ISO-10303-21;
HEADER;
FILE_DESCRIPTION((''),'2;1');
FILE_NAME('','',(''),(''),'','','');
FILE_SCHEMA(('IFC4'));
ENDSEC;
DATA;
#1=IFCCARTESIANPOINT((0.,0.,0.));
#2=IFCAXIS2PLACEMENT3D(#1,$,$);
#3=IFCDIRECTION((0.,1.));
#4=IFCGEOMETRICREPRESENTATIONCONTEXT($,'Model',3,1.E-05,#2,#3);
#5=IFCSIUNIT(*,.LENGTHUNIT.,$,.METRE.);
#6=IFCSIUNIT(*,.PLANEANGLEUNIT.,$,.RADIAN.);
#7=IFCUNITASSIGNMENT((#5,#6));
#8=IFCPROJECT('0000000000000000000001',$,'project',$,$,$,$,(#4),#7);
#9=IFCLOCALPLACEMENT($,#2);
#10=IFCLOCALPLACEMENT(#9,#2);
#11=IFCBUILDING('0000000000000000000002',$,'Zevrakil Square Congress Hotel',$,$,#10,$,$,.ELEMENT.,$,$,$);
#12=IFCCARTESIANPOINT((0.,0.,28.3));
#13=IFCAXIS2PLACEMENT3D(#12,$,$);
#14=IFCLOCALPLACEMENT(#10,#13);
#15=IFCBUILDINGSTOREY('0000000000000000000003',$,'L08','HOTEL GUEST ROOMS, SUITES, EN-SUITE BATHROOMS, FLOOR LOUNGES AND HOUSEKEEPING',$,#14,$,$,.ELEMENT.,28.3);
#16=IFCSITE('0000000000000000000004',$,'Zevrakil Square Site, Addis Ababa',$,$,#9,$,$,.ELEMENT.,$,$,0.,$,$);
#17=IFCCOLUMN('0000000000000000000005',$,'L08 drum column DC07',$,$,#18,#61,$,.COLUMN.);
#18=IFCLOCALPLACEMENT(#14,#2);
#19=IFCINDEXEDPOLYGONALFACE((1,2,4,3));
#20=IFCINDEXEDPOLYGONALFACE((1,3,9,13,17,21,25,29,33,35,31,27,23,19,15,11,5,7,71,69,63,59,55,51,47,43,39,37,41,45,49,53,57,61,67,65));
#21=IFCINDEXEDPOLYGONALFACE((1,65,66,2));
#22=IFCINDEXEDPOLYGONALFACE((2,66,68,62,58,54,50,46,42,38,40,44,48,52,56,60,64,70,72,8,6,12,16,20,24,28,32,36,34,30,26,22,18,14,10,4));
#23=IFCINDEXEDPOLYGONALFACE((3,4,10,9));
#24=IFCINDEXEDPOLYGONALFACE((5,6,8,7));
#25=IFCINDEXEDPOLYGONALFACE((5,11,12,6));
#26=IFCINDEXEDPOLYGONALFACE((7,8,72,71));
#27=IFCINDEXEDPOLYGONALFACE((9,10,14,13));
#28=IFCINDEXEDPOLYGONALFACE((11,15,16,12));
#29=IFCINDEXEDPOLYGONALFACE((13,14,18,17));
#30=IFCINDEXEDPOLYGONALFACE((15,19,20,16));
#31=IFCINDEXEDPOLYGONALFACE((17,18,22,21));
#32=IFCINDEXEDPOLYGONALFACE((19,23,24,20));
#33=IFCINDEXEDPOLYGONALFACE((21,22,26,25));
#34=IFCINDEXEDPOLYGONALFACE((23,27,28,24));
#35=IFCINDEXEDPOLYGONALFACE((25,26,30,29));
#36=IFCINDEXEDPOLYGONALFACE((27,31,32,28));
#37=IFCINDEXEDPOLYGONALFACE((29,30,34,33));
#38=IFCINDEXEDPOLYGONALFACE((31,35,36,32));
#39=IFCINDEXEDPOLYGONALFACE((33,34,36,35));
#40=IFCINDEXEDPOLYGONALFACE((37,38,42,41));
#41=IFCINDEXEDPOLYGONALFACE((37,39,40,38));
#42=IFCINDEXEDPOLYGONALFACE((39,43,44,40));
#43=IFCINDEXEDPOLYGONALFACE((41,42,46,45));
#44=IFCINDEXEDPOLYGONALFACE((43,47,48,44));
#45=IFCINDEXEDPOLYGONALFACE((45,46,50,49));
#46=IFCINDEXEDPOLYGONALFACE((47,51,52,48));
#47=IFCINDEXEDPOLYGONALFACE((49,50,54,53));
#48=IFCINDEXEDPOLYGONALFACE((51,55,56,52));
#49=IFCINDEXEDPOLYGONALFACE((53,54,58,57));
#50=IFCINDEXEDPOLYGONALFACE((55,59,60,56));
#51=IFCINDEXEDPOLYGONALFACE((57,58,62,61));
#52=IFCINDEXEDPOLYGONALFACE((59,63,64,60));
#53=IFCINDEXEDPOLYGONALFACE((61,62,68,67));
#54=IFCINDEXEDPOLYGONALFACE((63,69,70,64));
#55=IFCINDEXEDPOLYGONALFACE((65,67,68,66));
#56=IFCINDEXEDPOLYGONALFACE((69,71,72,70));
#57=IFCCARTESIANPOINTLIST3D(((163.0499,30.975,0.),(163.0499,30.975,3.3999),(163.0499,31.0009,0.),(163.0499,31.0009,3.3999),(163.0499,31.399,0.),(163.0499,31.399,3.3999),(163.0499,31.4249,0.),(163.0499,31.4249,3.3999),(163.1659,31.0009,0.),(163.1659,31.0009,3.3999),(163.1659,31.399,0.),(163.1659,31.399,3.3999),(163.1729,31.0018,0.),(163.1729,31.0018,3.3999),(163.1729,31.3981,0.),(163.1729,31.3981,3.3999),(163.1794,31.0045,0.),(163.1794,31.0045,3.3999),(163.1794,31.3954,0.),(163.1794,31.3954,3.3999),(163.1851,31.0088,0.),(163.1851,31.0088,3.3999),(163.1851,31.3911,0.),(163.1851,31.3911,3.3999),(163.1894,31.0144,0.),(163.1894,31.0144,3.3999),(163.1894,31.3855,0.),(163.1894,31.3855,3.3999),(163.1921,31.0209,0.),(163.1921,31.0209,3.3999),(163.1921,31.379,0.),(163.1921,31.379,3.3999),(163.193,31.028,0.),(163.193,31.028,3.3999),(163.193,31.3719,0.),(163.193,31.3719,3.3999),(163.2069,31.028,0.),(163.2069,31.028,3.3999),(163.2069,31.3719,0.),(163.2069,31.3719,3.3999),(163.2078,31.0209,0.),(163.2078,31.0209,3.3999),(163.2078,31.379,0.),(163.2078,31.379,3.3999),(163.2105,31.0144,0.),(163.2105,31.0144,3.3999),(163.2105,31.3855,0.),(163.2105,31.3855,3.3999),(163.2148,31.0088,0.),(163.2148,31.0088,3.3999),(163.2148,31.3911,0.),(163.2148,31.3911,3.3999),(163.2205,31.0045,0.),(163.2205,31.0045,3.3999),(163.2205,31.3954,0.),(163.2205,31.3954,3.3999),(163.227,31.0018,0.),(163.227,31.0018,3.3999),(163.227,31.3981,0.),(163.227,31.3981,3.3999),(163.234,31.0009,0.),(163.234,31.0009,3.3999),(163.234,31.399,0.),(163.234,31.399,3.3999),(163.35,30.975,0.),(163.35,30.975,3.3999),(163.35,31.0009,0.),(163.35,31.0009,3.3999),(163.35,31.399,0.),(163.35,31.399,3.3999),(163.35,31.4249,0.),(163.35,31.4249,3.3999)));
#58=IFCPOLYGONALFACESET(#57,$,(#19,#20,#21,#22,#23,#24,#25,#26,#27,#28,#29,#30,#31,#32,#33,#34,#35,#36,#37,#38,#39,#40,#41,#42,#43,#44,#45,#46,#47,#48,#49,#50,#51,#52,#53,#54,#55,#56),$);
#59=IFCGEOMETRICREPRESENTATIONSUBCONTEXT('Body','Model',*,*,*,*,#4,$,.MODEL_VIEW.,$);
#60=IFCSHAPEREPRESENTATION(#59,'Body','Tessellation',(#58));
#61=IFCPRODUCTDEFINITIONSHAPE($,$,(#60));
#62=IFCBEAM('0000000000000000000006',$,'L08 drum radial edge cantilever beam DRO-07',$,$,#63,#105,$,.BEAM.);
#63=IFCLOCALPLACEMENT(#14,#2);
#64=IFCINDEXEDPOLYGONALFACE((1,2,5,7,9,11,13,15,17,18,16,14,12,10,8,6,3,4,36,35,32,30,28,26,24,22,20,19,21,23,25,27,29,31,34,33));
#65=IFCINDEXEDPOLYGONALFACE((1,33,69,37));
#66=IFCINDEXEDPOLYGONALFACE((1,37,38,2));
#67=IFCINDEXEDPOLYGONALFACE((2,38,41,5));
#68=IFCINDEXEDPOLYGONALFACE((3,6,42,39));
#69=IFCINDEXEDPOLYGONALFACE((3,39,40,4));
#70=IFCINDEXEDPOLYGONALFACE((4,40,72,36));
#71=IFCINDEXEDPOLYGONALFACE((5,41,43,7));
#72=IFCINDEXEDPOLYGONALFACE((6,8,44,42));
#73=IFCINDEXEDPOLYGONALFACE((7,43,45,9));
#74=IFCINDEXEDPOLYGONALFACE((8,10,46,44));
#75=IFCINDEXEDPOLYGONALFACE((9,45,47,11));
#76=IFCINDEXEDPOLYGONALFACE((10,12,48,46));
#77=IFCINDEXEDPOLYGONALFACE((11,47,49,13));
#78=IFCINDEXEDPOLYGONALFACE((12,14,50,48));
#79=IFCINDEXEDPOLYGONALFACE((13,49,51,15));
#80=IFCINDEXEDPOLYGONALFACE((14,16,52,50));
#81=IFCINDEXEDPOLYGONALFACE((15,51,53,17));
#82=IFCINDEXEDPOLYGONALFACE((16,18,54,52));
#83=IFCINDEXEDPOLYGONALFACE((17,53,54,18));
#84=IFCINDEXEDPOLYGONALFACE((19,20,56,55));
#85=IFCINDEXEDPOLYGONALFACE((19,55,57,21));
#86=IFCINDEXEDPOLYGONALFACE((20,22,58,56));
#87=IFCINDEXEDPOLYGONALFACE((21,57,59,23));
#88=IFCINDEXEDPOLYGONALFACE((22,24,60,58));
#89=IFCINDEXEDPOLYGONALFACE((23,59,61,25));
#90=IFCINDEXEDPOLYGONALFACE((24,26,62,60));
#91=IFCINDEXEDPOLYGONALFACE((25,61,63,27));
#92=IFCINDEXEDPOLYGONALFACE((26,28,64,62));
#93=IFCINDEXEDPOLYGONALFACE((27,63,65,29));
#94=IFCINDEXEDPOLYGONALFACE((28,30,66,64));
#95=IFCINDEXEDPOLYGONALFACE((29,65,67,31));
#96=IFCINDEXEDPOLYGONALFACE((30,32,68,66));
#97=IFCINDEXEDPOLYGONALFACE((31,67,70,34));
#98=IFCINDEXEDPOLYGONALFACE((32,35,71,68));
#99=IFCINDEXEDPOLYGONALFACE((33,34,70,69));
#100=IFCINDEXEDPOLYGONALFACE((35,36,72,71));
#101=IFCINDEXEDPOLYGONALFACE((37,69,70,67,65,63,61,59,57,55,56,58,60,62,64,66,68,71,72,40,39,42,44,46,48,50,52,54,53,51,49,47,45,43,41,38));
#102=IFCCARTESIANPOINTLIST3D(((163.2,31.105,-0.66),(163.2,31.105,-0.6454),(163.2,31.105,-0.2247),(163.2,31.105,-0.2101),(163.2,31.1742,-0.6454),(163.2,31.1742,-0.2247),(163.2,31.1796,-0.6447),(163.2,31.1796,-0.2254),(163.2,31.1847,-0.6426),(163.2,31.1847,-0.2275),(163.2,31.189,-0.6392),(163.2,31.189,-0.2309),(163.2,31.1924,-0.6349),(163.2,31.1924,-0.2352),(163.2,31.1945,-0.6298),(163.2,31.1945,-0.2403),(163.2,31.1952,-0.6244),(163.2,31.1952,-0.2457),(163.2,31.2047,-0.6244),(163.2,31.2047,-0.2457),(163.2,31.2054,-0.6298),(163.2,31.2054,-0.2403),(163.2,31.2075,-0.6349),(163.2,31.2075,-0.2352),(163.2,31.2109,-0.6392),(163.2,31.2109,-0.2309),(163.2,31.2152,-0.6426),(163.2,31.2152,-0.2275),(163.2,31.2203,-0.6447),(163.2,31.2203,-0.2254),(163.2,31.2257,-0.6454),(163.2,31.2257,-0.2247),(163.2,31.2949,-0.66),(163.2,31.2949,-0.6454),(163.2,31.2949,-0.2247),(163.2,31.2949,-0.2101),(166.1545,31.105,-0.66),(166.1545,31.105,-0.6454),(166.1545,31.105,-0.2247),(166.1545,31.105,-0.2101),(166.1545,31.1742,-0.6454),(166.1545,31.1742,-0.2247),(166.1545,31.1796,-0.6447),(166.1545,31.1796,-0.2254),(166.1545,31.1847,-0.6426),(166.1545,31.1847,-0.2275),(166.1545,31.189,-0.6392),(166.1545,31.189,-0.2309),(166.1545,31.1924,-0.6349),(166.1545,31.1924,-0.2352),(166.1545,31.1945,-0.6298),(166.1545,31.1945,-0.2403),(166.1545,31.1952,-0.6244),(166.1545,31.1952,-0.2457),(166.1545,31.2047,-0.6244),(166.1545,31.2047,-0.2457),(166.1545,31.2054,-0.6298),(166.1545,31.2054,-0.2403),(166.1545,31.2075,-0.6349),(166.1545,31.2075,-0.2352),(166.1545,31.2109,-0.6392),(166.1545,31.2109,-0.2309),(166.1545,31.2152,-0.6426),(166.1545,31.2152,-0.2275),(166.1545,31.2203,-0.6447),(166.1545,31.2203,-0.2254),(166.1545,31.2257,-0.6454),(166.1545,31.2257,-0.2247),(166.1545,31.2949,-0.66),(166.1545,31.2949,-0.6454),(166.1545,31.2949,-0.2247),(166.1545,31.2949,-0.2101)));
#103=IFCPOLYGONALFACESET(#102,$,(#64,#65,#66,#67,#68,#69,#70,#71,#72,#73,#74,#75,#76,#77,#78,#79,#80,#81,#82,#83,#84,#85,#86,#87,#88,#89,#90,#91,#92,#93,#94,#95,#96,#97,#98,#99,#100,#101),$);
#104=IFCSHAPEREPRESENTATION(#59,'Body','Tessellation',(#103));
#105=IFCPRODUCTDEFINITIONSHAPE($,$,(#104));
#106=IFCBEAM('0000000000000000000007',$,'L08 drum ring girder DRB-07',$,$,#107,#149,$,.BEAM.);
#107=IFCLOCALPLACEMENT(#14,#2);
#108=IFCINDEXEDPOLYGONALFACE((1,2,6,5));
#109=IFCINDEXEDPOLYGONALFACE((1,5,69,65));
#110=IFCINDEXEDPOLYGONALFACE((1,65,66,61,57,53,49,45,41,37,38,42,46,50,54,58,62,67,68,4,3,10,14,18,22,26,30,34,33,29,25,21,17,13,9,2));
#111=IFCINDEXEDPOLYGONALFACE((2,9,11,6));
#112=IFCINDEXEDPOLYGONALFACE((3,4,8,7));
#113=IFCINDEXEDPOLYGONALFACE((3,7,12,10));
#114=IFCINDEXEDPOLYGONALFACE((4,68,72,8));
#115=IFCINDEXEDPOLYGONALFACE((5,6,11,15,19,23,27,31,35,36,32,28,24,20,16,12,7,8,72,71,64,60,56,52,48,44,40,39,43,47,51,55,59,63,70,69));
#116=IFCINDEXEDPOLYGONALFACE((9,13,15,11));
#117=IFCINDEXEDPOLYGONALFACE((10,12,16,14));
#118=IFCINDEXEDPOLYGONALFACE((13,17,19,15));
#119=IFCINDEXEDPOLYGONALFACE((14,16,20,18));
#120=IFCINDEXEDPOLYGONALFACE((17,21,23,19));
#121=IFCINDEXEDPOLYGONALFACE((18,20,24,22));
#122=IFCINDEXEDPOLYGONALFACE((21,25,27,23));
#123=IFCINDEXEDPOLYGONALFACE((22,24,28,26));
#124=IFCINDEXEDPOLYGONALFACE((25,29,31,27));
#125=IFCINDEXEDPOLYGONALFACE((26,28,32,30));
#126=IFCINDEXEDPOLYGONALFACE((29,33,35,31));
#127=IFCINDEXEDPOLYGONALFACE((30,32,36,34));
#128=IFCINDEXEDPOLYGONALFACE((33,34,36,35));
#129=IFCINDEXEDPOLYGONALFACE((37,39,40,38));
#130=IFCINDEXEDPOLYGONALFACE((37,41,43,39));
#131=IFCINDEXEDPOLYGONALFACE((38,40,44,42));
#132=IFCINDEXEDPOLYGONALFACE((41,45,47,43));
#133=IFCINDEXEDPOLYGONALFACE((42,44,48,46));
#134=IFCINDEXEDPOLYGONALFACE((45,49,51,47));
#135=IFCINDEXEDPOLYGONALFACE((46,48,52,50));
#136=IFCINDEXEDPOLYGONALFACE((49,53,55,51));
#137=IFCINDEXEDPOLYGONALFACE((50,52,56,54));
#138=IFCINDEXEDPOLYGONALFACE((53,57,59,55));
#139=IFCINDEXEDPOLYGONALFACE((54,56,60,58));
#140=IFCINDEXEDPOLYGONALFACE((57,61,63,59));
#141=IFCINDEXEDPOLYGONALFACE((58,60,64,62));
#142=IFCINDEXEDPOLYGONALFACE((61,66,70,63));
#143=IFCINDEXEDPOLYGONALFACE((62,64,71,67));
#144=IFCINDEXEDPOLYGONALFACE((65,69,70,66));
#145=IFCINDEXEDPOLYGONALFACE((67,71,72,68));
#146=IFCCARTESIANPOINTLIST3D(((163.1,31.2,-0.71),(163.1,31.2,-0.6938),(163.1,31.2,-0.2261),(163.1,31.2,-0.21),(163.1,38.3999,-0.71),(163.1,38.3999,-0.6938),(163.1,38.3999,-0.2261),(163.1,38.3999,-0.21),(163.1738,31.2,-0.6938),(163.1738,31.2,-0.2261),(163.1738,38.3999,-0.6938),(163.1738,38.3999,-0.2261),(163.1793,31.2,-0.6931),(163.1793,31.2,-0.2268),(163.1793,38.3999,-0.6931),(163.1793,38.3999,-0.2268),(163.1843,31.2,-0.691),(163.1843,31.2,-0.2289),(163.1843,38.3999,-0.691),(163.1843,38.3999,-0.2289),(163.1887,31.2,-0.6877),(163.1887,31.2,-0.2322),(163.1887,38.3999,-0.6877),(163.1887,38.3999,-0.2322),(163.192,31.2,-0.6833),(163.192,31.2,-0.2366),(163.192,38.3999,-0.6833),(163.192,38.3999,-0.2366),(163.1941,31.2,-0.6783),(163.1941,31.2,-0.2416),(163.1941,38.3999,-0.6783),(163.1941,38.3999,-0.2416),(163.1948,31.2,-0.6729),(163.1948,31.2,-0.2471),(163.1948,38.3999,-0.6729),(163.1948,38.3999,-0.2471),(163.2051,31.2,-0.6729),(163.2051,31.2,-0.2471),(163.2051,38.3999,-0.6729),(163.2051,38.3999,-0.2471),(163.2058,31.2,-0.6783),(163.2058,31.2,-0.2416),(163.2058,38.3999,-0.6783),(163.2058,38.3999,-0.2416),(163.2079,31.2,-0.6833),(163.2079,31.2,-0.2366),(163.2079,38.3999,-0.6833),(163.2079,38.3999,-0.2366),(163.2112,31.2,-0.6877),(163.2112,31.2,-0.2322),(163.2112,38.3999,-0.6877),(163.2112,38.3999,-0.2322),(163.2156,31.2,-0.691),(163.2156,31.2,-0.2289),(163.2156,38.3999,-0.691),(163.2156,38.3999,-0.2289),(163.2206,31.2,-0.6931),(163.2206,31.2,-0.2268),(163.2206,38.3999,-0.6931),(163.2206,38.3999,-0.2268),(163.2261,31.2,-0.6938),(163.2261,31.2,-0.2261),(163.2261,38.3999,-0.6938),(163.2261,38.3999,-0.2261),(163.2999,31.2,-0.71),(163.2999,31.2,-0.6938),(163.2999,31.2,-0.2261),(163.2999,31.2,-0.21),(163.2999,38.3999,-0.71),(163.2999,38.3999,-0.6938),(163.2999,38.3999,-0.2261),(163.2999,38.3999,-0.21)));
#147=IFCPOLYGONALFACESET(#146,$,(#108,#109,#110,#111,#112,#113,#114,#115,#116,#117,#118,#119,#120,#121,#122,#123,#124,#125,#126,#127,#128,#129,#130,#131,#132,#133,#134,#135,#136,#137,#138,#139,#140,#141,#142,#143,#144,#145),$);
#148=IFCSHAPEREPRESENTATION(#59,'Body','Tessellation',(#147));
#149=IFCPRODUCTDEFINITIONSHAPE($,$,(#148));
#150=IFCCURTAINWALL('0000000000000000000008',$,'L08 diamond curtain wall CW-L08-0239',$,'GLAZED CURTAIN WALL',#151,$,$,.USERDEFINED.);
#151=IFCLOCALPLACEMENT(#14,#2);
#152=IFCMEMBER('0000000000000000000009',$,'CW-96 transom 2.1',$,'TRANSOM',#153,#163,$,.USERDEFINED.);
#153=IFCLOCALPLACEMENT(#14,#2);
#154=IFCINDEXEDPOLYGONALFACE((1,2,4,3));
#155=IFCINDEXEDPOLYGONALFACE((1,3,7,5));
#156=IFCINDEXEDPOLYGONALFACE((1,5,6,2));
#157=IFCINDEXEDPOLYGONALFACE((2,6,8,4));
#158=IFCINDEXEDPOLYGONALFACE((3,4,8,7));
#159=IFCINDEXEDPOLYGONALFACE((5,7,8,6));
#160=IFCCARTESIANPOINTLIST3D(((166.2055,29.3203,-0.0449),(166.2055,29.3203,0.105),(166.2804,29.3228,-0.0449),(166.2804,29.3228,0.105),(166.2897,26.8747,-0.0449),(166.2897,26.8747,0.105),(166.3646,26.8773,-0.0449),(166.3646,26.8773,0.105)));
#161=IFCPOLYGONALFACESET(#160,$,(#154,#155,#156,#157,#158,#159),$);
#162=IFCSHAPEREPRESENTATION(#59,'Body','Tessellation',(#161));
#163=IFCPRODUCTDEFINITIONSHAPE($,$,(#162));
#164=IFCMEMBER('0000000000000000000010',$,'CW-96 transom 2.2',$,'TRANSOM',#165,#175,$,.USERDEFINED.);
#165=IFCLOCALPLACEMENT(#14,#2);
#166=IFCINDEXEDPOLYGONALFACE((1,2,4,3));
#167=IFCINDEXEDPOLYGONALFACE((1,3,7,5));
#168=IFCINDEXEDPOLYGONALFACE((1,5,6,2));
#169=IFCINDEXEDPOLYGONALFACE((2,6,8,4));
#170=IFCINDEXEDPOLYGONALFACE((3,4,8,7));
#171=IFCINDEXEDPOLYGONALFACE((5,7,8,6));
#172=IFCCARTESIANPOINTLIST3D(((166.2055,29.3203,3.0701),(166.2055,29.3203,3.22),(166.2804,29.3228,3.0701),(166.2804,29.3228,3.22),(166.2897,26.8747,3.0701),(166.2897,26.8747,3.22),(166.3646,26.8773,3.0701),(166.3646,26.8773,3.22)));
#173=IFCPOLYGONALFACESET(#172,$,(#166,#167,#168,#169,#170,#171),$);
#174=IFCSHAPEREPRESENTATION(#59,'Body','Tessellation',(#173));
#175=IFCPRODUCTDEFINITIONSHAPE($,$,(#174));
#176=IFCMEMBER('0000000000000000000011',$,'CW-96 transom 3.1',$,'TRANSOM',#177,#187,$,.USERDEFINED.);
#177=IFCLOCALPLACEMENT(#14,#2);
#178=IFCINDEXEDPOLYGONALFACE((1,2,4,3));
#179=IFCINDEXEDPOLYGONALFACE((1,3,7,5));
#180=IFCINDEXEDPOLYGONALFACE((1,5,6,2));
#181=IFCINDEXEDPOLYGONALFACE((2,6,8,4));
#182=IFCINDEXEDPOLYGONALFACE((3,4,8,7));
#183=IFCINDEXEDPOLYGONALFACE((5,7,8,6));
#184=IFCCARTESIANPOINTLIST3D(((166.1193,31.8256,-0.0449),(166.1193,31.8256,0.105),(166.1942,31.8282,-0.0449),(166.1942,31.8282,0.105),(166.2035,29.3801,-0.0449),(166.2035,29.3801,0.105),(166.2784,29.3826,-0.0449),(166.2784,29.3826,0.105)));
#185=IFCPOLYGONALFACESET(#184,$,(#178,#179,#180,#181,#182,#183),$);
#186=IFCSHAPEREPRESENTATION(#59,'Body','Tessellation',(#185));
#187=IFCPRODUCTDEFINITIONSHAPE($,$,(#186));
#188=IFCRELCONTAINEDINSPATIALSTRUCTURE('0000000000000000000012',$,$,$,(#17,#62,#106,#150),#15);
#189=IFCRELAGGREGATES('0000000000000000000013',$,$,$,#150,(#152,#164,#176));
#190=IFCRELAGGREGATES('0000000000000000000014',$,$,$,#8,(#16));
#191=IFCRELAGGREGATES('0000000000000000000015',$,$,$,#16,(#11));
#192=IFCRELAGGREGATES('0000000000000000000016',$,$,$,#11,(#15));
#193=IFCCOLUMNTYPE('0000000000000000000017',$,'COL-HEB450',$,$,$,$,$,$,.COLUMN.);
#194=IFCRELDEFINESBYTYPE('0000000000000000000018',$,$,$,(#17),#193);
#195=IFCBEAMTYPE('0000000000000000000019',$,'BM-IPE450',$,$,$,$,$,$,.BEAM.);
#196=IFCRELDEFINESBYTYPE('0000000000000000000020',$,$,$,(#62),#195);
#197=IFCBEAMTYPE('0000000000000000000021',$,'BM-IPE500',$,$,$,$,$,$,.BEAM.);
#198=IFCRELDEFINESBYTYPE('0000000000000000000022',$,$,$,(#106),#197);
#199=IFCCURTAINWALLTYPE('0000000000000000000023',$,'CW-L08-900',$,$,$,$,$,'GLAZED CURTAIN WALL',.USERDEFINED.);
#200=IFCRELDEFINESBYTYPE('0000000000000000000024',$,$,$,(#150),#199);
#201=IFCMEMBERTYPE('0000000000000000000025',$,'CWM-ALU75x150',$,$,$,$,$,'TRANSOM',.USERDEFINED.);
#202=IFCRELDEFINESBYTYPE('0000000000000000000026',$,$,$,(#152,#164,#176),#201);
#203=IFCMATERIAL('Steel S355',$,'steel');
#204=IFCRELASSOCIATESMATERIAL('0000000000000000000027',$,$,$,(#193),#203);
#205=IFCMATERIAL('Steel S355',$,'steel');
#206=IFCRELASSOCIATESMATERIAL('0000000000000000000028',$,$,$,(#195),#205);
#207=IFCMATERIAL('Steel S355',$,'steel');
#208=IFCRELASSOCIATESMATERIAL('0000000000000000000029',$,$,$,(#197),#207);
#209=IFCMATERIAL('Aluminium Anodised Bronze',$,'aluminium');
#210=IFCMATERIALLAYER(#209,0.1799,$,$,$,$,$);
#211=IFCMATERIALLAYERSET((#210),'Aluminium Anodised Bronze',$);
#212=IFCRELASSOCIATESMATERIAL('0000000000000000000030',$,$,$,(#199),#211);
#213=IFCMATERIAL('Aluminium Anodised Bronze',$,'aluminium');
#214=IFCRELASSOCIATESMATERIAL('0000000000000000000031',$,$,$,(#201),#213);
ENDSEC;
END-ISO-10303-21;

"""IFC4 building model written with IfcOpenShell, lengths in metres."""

from ifc_helpers import new_model, si_unit, direction, frame, origin, origin_2d, place, context, subcontext, project, spatial, rectangle, i_section, extrude, material, layer, layer_set, material_profile, profile_set, type_object, element, aggregate, save


model = new_model("IFC4")

# Units and contexts
model_context = context("Model", 3, precision=1e-05, world=origin(), true_north=direction((0.0, 1.0)))
body_context = subcontext(model_context, "Body", "Model", "MODEL_VIEW")
ifc_project = project(units=[si_unit("LENGTHUNIT", "METRE"), si_unit("PLANEANGLEUNIT", "RADIAN")], contexts=[model_context])

# Site, building, storey
site_placement = place(None, origin())
site = spatial("IfcSite", under=ifc_project, at=site_placement, Name="Zevrakil Square Site, Addis Ababa", CompositionType="ELEMENT", RefElevation=0.0)
building_placement = place(site_placement, origin())
building = spatial("IfcBuilding", under=site, at=building_placement, Name="Zevrakil Square Congress Hotel", CompositionType="ELEMENT")
storey_placement = place(building_placement, frame((0.0, 0.0, 28.3)))
storey = spatial("IfcBuildingStorey", under=building, at=storey_placement, Name="L08", Description="HOTEL GUEST ROOMS, SUITES, EN-SUITE BATHROOMS, FLOOR LOUNGES AND HOUSEKEEPING", CompositionType="ELEMENT", Elevation=28.3)

# Column
ifc_material_1 = material(Name="Steel S355", Category="steel")
ifc_material_profile_1 = material_profile(ifc_material_1, i_section(OverallWidth=0.3, OverallDepth=0.45, WebThickness=0.0139, FlangeThickness=0.0259, FilletRadius=0.0271, at=origin_2d()), Name="HEB 450")
ifc_profile_set_1 = profile_set([ifc_material_profile_1], Name="Steel S355")
column_type = type_object("IfcColumnType", Name="COL-HEB450", PredefinedType="COLUMN", material=ifc_profile_set_1)
column_placement = place(storey_placement, frame((163.2, 31.2, 0.0), z_axis=(0.0, 0.0, 1.0), x_axis=(1.0, 0.0, 0.0)))
element("IfcColumn", 1, at=column_placement, inside=storey, type_object=column_type, Name="L08 drum column DC07", PredefinedType="COLUMN", context=body_context, shape_type="SweptSolid", body=[
    extrude(i_section(OverallWidth=0.3, OverallDepth=0.45, WebThickness=0.0139, FlangeThickness=0.0259, FilletRadius=0.0271, at=origin_2d()), origin(), (0.0, 0.0, 1.0), 3.3999),
])

# Beams
ifc_material_2 = material(Name="Steel S355", Category="steel")
ifc_material_profile_2 = material_profile(ifc_material_2, i_section(OverallWidth=0.1899, OverallDepth=0.45, WebThickness=0.0095, FlangeThickness=0.0146, FilletRadius=0.021, at=origin_2d()), Name="IPE 450")
ifc_profile_set_2 = profile_set([ifc_material_profile_2], Name="Steel S355")
beam_type_1 = type_object("IfcBeamType", Name="BM-IPE450", PredefinedType="BEAM", material=ifc_profile_set_2)
beam_1_placement = place(storey_placement, frame((163.2, 31.2, -0.4351), z_axis=(1.0, 0.0, 0.0), x_axis=(0.0, 1.0, 0.0)))
element("IfcBeam", 2, at=beam_1_placement, inside=storey, type_object=beam_type_1, Name="L08 drum radial edge cantilever beam DRO-07", PredefinedType="BEAM", context=body_context, shape_type="SweptSolid", body=[
    extrude(i_section(OverallWidth=0.1899, OverallDepth=0.45, WebThickness=0.0095, FlangeThickness=0.0146, FilletRadius=0.021, at=origin_2d()), origin(), (0.0, 0.0, 1.0), 2.9546),
])
ifc_material_3 = material(Name="Steel S355", Category="steel")
ifc_material_profile_3 = material_profile(ifc_material_3, i_section(OverallWidth=0.2, OverallDepth=0.5, WebThickness=0.0103, FlangeThickness=0.0161, FilletRadius=0.021, at=origin_2d()), Name="IPE 500")
ifc_profile_set_3 = profile_set([ifc_material_profile_3], Name="Steel S355")
beam_type_2 = type_object("IfcBeamType", Name="BM-IPE500", PredefinedType="BEAM", material=ifc_profile_set_3)
beam_2_placement = place(storey_placement, frame((163.2, 31.2, -0.46), z_axis=(0.0, 1.0, 0.0), x_axis=(-1.0, 0.0, 0.0)))
element("IfcBeam", 3, at=beam_2_placement, inside=storey, type_object=beam_type_2, Name="L08 drum ring girder DRB-07", PredefinedType="BEAM", context=body_context, shape_type="SweptSolid", body=[
    extrude(i_section(OverallWidth=0.2, OverallDepth=0.5, WebThickness=0.0103, FlangeThickness=0.0161, FilletRadius=0.021, at=origin_2d()), origin(), (0.0, 0.0, 1.0), 7.2),
])

# Curtain wall, members
ifc_material_4 = material(Name="Aluminium Anodised Bronze", Category="aluminium")
ifc_layer_1 = layer(ifc_material_4, 0.1799)
ifc_layer_set_1 = layer_set([ifc_layer_1], Name="Aluminium Anodised Bronze")
curtain_wall_type = type_object("IfcCurtainWallType", Name="CW-L08-900", ElementType="GLAZED CURTAIN WALL", PredefinedType="USERDEFINED", material=ifc_layer_set_1)
curtain_wall_placement = place(storey_placement, origin())
curtain_wall = element("IfcCurtainWall", 4, at=curtain_wall_placement, inside=storey, type_object=curtain_wall_type, Name="L08 diamond curtain wall CW-L08-0239", ObjectType="GLAZED CURTAIN WALL", PredefinedType="USERDEFINED")
ifc_material_5 = material(Name="Aluminium Anodised Bronze", Category="aluminium")
ifc_material_profile_4 = material_profile(ifc_material_5, rectangle(XDim=0.075, YDim=0.1499, at=origin_2d()), Name="ALU 75x150")
ifc_profile_set_4 = profile_set([ifc_material_profile_4], Name="Aluminium Anodised Bronze")
member_type_1 = type_object("IfcMemberType", Name="CWM-ALU75x150", ElementType="TRANSOM", PredefinedType="USERDEFINED", material=ifc_profile_set_4)
member_1_placement = place(storey_placement, frame((166.3271, 26.876, 0.03), z_axis=(-0.034421, 0.999407, 0.0), x_axis=(-0.999407, -0.034421, 0.0)))
member_1 = element("IfcMember", 5, at=member_1_placement, type_object=member_type_1, Name="CW-96 transom 2.1", ObjectType="TRANSOM", PredefinedType="USERDEFINED", context=body_context, shape_type="SweptSolid", body=[
    extrude(rectangle(XDim=0.075, YDim=0.1499, at=origin_2d()), origin(), (0.0, 0.0, 1.0), 2.447),
])
member_2_placement = place(storey_placement, frame((166.3271, 26.876, 3.145), z_axis=(-0.034421, 0.999407, 0.0), x_axis=(-0.999407, -0.034421, 0.0)))
member_2 = element("IfcMember", 6, at=member_2_placement, type_object=member_type_1, Name="CW-96 transom 2.2", ObjectType="TRANSOM", PredefinedType="USERDEFINED", context=body_context, shape_type="SweptSolid", body=[
    extrude(rectangle(XDim=0.075, YDim=0.1499, at=origin_2d()), origin(), (0.0, 0.0, 1.0), 2.447),
])
member_3_placement = place(storey_placement, frame((166.241, 29.3813, 0.03), z_axis=(-0.034421, 0.999407, 0.0), x_axis=(-0.999407, -0.034421, 0.0)))
member_3 = element("IfcMember", 7, at=member_3_placement, type_object=member_type_1, Name="CW-96 transom 3.1", ObjectType="TRANSOM", PredefinedType="USERDEFINED", context=body_context, shape_type="SweptSolid", body=[
    extrude(rectangle(XDim=0.075, YDim=0.1499, at=origin_2d()), origin(), (0.0, 0.0, 1.0), 2.447),
])

aggregate(curtain_wall, [member_1, member_2, member_3])

save(model, "model.ifc")
